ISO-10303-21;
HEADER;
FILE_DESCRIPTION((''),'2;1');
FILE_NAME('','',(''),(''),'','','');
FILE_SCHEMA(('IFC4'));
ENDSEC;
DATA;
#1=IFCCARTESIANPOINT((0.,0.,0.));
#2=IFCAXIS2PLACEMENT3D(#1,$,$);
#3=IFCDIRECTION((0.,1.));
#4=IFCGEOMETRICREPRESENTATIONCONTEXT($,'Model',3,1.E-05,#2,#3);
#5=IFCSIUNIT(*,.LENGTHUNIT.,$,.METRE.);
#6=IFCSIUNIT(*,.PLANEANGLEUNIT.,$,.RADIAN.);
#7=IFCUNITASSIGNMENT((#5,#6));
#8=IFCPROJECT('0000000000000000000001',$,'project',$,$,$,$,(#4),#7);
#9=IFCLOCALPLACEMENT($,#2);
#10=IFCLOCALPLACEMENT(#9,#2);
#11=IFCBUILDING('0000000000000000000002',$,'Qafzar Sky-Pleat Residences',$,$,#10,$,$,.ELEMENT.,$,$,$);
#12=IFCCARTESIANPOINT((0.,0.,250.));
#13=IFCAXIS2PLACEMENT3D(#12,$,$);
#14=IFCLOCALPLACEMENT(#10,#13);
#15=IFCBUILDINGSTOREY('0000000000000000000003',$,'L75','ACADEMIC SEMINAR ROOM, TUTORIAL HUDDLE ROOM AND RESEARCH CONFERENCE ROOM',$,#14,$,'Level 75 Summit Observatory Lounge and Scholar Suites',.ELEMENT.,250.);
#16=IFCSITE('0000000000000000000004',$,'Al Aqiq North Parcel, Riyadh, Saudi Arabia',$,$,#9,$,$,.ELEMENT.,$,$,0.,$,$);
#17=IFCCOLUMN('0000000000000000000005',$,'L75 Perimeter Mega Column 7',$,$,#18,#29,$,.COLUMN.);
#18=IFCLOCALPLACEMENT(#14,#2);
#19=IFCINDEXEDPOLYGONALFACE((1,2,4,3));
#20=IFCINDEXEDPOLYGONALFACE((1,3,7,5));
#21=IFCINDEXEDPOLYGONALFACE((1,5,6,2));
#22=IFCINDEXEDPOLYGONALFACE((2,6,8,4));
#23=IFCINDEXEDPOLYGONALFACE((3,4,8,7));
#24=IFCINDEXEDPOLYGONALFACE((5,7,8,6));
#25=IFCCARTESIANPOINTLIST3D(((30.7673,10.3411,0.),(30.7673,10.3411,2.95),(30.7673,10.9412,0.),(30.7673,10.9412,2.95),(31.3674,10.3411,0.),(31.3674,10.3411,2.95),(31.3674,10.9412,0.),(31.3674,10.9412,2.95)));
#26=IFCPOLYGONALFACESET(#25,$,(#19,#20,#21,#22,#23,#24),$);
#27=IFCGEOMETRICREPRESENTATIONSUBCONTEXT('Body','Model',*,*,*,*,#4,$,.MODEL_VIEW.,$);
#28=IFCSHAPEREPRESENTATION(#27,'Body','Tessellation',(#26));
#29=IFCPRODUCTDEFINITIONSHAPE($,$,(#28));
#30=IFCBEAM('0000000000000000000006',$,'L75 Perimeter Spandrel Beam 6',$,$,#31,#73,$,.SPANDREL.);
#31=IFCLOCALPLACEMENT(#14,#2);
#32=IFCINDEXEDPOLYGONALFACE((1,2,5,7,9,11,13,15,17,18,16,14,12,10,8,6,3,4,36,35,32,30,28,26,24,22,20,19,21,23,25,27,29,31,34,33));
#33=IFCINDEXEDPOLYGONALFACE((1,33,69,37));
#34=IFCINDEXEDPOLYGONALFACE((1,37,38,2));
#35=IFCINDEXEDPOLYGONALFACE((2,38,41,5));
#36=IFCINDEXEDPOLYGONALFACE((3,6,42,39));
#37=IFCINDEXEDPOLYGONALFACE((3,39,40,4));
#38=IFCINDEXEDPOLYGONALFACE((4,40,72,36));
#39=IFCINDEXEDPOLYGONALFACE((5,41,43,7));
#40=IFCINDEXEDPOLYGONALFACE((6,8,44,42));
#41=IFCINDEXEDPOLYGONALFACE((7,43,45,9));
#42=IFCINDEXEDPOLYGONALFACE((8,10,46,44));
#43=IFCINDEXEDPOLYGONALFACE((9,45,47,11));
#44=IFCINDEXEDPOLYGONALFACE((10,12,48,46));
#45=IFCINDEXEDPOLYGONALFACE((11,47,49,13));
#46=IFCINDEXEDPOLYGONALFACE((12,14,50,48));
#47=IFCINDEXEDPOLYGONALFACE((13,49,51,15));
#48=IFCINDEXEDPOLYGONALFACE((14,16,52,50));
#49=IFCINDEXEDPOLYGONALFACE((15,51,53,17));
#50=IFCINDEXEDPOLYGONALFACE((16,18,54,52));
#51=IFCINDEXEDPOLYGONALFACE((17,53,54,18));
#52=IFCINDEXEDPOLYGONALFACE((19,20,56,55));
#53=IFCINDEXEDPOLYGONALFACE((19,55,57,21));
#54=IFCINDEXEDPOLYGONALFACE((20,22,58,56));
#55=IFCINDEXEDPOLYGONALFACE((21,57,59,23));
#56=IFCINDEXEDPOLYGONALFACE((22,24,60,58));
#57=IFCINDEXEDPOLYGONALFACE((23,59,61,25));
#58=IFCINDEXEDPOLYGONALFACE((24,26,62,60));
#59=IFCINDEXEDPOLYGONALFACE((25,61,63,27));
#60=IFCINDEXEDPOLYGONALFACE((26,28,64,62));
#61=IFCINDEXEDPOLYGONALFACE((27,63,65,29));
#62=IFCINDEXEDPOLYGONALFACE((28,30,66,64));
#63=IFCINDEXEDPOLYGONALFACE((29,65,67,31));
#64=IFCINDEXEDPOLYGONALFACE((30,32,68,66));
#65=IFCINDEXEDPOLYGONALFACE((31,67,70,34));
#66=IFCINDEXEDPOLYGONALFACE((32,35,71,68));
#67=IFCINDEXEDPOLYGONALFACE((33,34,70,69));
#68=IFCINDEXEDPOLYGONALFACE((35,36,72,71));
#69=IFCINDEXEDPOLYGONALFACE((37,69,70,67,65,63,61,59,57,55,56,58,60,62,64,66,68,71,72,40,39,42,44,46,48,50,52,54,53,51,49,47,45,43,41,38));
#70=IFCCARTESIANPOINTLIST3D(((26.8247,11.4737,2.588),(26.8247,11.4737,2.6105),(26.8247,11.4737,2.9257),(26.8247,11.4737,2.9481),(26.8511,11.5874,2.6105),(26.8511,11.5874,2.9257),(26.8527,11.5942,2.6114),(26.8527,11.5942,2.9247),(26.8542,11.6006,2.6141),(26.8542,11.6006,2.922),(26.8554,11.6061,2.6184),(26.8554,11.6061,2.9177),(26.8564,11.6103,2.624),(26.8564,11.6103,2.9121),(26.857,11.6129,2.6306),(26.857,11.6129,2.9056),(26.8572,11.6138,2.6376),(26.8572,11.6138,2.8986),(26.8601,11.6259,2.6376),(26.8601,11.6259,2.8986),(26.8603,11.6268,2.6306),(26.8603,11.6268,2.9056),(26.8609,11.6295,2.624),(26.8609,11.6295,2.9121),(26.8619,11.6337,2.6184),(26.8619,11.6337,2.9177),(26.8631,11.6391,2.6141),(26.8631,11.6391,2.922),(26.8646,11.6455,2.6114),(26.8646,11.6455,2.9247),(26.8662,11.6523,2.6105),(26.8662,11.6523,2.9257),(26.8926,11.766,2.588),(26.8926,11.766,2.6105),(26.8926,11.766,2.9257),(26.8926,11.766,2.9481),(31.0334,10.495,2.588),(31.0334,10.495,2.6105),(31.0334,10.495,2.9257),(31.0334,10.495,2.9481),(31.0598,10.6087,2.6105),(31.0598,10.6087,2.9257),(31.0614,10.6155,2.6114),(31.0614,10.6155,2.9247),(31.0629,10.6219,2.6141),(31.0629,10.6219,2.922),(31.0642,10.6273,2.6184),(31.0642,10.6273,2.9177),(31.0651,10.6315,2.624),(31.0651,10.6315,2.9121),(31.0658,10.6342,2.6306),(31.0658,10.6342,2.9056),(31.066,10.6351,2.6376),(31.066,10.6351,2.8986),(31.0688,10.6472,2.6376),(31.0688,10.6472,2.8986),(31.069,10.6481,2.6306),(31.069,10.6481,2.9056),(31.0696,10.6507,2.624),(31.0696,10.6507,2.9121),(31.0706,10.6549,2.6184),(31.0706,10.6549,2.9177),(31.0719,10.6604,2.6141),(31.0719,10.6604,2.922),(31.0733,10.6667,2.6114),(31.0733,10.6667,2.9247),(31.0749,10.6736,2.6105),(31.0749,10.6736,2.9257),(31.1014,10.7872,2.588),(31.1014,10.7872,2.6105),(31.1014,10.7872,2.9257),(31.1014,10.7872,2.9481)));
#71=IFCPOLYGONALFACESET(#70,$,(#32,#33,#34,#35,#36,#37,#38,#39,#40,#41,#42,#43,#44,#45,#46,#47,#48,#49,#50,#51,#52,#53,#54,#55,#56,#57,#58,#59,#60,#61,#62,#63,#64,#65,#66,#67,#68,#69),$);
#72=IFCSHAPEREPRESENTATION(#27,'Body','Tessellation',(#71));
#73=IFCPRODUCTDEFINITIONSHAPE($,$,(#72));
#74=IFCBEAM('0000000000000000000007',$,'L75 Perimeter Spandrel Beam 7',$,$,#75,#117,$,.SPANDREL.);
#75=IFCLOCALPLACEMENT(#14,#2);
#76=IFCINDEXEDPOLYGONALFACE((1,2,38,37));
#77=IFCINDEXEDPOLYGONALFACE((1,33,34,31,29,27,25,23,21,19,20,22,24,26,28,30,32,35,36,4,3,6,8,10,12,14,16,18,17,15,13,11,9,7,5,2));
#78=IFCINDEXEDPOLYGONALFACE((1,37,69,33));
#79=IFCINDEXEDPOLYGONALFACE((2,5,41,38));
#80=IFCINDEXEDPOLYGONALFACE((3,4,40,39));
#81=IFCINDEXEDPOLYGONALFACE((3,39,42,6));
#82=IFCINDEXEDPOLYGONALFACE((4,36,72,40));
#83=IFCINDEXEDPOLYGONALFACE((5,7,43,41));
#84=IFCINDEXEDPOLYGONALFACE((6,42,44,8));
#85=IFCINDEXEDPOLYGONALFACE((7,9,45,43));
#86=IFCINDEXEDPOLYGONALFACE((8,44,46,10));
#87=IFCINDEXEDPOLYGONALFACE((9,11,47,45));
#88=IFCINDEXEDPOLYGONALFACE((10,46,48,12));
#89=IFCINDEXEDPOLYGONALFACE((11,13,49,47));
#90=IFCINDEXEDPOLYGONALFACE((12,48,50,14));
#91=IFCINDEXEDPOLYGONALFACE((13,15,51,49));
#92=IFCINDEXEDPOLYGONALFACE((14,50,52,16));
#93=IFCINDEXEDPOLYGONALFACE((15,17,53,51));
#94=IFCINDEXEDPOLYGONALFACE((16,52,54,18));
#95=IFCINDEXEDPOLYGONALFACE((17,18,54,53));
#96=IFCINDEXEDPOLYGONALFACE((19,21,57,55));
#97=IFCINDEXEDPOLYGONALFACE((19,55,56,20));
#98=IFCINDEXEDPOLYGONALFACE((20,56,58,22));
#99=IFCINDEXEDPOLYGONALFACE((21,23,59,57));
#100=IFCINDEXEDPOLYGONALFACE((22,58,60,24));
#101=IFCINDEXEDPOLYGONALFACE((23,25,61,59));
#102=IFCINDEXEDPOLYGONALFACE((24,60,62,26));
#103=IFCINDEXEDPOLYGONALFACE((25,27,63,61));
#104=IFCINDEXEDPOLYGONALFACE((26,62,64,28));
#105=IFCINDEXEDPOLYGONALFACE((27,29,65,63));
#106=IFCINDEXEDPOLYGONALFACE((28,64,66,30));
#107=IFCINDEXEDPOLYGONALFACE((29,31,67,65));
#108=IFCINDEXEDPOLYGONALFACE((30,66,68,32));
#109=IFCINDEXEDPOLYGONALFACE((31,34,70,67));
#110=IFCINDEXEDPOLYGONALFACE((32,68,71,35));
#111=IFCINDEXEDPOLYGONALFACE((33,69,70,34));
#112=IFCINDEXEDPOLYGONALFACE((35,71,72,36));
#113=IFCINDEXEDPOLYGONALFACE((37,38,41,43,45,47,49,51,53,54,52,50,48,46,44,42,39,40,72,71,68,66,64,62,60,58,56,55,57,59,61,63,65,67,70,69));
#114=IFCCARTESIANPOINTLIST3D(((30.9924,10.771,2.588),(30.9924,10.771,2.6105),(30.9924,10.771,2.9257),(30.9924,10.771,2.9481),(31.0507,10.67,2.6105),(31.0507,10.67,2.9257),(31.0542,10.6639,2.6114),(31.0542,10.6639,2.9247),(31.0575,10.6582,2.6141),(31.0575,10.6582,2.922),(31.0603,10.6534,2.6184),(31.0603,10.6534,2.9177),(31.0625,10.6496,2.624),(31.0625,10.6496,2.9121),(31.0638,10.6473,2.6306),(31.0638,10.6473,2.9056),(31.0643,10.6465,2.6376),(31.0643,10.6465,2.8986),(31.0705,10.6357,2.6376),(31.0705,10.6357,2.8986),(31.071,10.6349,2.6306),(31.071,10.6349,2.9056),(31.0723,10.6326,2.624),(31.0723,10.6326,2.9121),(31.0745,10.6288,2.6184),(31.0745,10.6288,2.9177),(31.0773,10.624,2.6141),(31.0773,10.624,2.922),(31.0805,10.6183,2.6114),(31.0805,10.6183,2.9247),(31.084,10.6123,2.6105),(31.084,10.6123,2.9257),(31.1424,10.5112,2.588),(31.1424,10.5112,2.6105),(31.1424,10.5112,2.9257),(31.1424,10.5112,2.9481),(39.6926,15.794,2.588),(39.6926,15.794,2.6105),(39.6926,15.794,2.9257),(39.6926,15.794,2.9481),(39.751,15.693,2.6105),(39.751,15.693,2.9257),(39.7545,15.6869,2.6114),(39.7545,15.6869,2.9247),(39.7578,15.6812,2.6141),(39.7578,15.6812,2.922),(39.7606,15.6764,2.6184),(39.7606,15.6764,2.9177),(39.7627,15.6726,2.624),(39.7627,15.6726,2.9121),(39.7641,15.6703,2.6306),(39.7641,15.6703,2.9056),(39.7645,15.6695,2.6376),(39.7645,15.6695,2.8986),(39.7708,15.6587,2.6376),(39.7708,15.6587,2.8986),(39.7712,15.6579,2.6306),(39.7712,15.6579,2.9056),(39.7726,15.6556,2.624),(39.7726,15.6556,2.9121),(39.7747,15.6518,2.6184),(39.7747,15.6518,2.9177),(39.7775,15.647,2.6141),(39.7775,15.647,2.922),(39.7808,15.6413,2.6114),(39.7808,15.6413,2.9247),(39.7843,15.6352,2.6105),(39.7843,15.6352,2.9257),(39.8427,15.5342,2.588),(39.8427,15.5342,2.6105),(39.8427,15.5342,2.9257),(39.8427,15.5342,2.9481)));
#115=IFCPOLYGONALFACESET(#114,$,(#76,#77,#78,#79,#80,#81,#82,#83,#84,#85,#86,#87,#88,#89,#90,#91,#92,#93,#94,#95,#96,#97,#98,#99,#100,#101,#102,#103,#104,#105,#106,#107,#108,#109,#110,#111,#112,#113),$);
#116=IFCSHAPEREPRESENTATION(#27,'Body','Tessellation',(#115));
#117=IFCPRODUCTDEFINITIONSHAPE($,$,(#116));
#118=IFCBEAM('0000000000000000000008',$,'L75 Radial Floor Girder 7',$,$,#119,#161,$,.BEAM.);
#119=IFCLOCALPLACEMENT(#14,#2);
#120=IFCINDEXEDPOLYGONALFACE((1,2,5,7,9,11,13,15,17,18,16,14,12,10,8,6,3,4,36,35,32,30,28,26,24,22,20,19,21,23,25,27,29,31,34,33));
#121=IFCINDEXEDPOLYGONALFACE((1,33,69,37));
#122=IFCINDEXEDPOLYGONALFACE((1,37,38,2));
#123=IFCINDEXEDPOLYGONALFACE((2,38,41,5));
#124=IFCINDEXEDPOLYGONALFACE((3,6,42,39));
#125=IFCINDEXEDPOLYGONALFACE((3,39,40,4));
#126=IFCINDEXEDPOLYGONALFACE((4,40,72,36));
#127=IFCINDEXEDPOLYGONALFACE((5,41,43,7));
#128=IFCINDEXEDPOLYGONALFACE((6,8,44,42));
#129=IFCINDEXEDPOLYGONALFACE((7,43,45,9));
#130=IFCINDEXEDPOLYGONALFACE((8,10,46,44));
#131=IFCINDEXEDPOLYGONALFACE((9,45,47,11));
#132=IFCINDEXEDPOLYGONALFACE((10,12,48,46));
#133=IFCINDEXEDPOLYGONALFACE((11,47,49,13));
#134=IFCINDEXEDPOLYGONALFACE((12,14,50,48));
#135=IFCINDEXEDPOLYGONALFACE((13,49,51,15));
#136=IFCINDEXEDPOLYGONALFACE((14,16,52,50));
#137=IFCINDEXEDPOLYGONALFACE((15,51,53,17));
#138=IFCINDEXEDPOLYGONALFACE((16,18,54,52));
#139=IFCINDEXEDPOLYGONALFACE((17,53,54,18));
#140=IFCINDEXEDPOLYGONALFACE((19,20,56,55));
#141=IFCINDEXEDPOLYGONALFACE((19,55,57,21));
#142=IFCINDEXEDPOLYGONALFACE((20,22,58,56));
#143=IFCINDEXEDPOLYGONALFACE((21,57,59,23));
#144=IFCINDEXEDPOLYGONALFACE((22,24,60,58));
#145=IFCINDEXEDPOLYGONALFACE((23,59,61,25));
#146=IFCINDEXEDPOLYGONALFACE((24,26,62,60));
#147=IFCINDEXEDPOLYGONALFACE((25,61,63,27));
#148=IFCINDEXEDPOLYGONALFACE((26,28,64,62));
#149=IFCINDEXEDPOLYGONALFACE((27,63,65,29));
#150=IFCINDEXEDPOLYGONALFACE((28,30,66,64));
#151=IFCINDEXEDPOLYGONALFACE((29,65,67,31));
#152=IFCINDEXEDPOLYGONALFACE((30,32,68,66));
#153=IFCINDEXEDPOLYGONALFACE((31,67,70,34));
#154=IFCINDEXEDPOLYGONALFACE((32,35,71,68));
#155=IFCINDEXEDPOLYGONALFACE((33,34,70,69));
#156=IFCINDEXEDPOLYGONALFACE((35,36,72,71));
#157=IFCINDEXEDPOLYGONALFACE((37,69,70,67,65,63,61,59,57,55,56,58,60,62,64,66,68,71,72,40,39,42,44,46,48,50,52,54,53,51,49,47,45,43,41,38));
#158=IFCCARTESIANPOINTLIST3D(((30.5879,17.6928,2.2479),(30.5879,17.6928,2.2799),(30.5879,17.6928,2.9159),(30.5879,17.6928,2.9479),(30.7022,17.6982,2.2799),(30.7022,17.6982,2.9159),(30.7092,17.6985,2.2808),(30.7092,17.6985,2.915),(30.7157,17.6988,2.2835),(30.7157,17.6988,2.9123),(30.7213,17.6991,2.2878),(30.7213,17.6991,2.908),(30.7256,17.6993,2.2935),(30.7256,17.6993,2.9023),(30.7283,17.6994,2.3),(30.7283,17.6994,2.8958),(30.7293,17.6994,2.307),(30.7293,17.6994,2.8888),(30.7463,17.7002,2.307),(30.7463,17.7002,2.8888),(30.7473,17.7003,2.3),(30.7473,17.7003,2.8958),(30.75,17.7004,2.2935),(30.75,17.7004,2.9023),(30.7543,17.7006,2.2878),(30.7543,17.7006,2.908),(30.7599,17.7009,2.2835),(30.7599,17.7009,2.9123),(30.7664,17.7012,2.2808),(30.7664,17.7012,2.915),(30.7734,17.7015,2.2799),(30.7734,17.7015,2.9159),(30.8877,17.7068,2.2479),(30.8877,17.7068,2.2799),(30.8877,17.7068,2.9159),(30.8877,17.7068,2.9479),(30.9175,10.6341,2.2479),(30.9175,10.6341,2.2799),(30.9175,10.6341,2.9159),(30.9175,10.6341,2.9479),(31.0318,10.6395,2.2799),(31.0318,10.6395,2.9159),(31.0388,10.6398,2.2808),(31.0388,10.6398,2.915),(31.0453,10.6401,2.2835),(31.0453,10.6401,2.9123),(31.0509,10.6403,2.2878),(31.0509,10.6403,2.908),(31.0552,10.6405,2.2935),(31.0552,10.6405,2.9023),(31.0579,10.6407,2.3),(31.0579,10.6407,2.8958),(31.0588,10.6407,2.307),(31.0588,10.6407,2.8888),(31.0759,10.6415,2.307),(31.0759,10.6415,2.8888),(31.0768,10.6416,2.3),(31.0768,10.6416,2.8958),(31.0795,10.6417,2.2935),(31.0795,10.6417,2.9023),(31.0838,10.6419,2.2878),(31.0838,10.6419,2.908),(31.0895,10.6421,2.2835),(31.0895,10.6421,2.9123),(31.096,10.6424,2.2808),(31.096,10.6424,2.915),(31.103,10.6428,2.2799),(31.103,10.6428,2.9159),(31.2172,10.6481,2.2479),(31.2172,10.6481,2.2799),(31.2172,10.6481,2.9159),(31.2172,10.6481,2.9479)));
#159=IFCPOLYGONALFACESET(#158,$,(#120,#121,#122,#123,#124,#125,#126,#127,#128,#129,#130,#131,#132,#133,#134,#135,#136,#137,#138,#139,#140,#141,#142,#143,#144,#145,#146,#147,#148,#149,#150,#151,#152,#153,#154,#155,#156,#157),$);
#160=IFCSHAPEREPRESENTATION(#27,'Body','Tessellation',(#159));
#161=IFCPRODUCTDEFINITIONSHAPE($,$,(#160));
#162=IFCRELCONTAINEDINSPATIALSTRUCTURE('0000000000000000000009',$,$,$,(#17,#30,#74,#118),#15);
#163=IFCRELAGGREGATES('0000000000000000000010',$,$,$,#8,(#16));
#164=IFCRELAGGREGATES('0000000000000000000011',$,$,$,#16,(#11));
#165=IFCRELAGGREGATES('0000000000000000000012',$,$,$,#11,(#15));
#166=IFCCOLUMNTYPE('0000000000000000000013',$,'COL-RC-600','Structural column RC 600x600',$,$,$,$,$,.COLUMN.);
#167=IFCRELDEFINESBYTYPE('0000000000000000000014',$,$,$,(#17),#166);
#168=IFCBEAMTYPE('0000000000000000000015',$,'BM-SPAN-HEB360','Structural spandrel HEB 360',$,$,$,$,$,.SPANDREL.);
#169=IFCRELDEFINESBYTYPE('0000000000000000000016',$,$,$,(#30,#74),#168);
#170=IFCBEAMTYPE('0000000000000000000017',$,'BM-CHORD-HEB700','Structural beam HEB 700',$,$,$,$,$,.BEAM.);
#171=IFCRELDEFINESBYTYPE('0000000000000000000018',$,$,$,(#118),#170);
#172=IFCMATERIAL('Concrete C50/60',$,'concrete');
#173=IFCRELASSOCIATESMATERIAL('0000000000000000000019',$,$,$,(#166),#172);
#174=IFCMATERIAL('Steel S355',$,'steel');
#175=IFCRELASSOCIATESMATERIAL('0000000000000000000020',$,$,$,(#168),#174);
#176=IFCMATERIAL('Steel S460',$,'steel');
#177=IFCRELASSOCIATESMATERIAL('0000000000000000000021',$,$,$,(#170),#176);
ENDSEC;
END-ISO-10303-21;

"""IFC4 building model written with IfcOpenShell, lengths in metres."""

from ifc_helpers import new_model, si_unit, direction, frame, origin, origin_2d, place, context, subcontext, project, spatial, rectangle, i_section, extrude, source, transform, mapped, material, material_profile, profile_set, type_object, element, save


model = new_model("IFC4")

# Units and contexts
model_context = context("Model", 3, precision=1e-05, world=origin(), true_north=direction((0.0, 1.0)))
body_context = subcontext(model_context, "Body", "Model", "MODEL_VIEW")
ifc_project = project(units=[si_unit("LENGTHUNIT", "METRE"), si_unit("PLANEANGLEUNIT", "RADIAN")], contexts=[model_context])

# Site, building, storey
site_placement = place(None, origin())
site = spatial("IfcSite", under=ifc_project, at=site_placement, Name="Al Aqiq North Parcel, Riyadh, Saudi Arabia", CompositionType="ELEMENT", RefElevation=0.0)
building_placement = place(site_placement, origin())
building = spatial("IfcBuilding", under=site, at=building_placement, Name="Qafzar Sky-Pleat Residences", CompositionType="ELEMENT")
storey_placement = place(building_placement, frame((0.0, 0.0, 250.0)))
storey = spatial("IfcBuildingStorey", under=building, at=storey_placement, Name="L75", Description="ACADEMIC SEMINAR ROOM, TUTORIAL HUDDLE ROOM AND RESEARCH CONFERENCE ROOM", LongName="Level 75 Summit Observatory Lounge and Scholar Suites", CompositionType="ELEMENT", Elevation=250.0)

# Column
ifc_material_1 = material(Name="Concrete C50/60", Category="concrete")
ifc_material_profile_1 = material_profile(ifc_material_1, rectangle(XDim=0.6001, YDim=0.6001, at=origin_2d()), Name="RC 600x600")
ifc_profile_set_1 = profile_set([ifc_material_profile_1], Name="Concrete C50/60")
column_type = type_object("IfcColumnType", Name="COL-RC-600", Description="Structural column RC 600x600", PredefinedType="COLUMN", material=ifc_profile_set_1)
shared_shape_1 = source(origin(), body_context, "Body", "SweptSolid", [
    extrude(rectangle(XDim=0.6001, YDim=0.6001, at=origin_2d()), origin(), (0.0, 0.0, 1.0), 2.95),
])
column_placement = place(storey_placement, frame((31.0674, 10.6411, 0.0), z_axis=(0.0, 0.0, 1.0), x_axis=(1.0, 0.0, 0.0)))
element("IfcColumn", 1, at=column_placement, inside=storey, type_object=column_type, Name="L75 Perimeter Mega Column 7", PredefinedType="COLUMN", context=body_context, shape_type="MappedRepresentation", body=[
    mapped(shared_shape_1, transform((0.0, 0.0, 0.0), x_axis=(1.0, 0.0, 0.0), y_axis=(0.0, 1.0, 0.0), z_axis=(0.0, 0.0, 1.0), scale=1.0)),
])

# Beams
ifc_material_2 = material(Name="Steel S355", Category="steel")
ifc_material_profile_2 = material_profile(ifc_material_2, i_section(OverallWidth=0.3, OverallDepth=0.3601, WebThickness=0.0125, FlangeThickness=0.0225, FilletRadius=0.0271, at=origin_2d()), Name="HEB 360")
ifc_profile_set_2 = profile_set([ifc_material_profile_2], Name="Steel S355")
beam_type_1 = type_object("IfcBeamType", Name="BM-SPAN-HEB360", Description="Structural spandrel HEB 360", PredefinedType="SPANDREL", material=ifc_profile_set_2)
shared_shape_2 = source(origin(), body_context, "Body", "SweptSolid", [
    extrude(i_section(OverallWidth=0.3, OverallDepth=0.3601, WebThickness=0.0125, FlangeThickness=0.0225, FilletRadius=0.0271, at=origin_2d()), origin(), (0.0, 0.0, 1.0), 4.321),
])
beam_1_placement = place(storey_placement, frame((26.8586, 11.6199, 2.7681), z_axis=(0.974009, -0.22651, 0.0), x_axis=(0.22651, 0.974009, 0.0)))
element("IfcBeam", 2, at=beam_1_placement, inside=storey, type_object=beam_type_1, Name="L75 Perimeter Spandrel Beam 6", PredefinedType="SPANDREL", context=body_context, shape_type="MappedRepresentation", body=[
    mapped(shared_shape_2, transform((0.0, 0.0, 0.0), x_axis=(1.0, 0.0, 0.0), y_axis=(0.0, 1.0, 0.0), z_axis=(0.0, 0.0, 1.0), scale=1.0)),
])
shared_shape_3 = source(origin(), body_context, "Body", "SweptSolid", [
    extrude(i_section(OverallWidth=0.3, OverallDepth=0.3601, WebThickness=0.0125, FlangeThickness=0.0225, FilletRadius=0.0271, at=origin_2d()), origin(), (0.0, 0.0, 1.0), 10.0461),
])
beam_2_placement = place(storey_placement, frame((31.0674, 10.6411, 2.7681), z_axis=(0.86603, 0.499992, 0.0), x_axis=(-0.499992, 0.86603, 0.0)))
element("IfcBeam", 3, at=beam_2_placement, inside=storey, type_object=beam_type_1, Name="L75 Perimeter Spandrel Beam 7", PredefinedType="SPANDREL", context=body_context, shape_type="MappedRepresentation", body=[
    mapped(shared_shape_3, transform((0.0, 0.0, 0.0), x_axis=(1.0, 0.0, 0.0), y_axis=(0.0, 1.0, 0.0), z_axis=(0.0, 0.0, 1.0), scale=1.0)),
])
ifc_material_3 = material(Name="Steel S460", Category="steel")
ifc_material_profile_3 = material_profile(ifc_material_3, i_section(OverallWidth=0.3, OverallDepth=0.7, WebThickness=0.0171, FlangeThickness=0.032, FilletRadius=0.0271, at=origin_2d()), Name="HEB 700")
ifc_profile_set_3 = profile_set([ifc_material_profile_3], Name="Steel S460")
beam_type_2 = type_object("IfcBeamType", Name="BM-CHORD-HEB700", Description="Structural beam HEB 700", PredefinedType="BEAM", material=ifc_profile_set_3)
shared_shape_4 = source(origin(), body_context, "Body", "SweptSolid", [
    extrude(i_section(OverallWidth=0.3, OverallDepth=0.7, WebThickness=0.0171, FlangeThickness=0.032, FilletRadius=0.0271, at=origin_2d()), origin(), (0.0, 0.0, 1.0), 7.0664),
])
beam_3_placement = place(storey_placement, frame((31.0674, 10.6411, 2.5979), z_axis=(-0.046641, 0.998912, 0.0), x_axis=(-0.998912, -0.046641, 0.0)))
element("IfcBeam", 4, at=beam_3_placement, inside=storey, type_object=beam_type_2, Name="L75 Radial Floor Girder 7", PredefinedType="BEAM", context=body_context, shape_type="MappedRepresentation", body=[
    mapped(shared_shape_4, transform((0.0, 0.0, 0.0), x_axis=(1.0, 0.0, 0.0), y_axis=(0.0, 1.0, 0.0), z_axis=(0.0, 0.0, 1.0), scale=1.0)),
])

save(model, "model.ifc")
